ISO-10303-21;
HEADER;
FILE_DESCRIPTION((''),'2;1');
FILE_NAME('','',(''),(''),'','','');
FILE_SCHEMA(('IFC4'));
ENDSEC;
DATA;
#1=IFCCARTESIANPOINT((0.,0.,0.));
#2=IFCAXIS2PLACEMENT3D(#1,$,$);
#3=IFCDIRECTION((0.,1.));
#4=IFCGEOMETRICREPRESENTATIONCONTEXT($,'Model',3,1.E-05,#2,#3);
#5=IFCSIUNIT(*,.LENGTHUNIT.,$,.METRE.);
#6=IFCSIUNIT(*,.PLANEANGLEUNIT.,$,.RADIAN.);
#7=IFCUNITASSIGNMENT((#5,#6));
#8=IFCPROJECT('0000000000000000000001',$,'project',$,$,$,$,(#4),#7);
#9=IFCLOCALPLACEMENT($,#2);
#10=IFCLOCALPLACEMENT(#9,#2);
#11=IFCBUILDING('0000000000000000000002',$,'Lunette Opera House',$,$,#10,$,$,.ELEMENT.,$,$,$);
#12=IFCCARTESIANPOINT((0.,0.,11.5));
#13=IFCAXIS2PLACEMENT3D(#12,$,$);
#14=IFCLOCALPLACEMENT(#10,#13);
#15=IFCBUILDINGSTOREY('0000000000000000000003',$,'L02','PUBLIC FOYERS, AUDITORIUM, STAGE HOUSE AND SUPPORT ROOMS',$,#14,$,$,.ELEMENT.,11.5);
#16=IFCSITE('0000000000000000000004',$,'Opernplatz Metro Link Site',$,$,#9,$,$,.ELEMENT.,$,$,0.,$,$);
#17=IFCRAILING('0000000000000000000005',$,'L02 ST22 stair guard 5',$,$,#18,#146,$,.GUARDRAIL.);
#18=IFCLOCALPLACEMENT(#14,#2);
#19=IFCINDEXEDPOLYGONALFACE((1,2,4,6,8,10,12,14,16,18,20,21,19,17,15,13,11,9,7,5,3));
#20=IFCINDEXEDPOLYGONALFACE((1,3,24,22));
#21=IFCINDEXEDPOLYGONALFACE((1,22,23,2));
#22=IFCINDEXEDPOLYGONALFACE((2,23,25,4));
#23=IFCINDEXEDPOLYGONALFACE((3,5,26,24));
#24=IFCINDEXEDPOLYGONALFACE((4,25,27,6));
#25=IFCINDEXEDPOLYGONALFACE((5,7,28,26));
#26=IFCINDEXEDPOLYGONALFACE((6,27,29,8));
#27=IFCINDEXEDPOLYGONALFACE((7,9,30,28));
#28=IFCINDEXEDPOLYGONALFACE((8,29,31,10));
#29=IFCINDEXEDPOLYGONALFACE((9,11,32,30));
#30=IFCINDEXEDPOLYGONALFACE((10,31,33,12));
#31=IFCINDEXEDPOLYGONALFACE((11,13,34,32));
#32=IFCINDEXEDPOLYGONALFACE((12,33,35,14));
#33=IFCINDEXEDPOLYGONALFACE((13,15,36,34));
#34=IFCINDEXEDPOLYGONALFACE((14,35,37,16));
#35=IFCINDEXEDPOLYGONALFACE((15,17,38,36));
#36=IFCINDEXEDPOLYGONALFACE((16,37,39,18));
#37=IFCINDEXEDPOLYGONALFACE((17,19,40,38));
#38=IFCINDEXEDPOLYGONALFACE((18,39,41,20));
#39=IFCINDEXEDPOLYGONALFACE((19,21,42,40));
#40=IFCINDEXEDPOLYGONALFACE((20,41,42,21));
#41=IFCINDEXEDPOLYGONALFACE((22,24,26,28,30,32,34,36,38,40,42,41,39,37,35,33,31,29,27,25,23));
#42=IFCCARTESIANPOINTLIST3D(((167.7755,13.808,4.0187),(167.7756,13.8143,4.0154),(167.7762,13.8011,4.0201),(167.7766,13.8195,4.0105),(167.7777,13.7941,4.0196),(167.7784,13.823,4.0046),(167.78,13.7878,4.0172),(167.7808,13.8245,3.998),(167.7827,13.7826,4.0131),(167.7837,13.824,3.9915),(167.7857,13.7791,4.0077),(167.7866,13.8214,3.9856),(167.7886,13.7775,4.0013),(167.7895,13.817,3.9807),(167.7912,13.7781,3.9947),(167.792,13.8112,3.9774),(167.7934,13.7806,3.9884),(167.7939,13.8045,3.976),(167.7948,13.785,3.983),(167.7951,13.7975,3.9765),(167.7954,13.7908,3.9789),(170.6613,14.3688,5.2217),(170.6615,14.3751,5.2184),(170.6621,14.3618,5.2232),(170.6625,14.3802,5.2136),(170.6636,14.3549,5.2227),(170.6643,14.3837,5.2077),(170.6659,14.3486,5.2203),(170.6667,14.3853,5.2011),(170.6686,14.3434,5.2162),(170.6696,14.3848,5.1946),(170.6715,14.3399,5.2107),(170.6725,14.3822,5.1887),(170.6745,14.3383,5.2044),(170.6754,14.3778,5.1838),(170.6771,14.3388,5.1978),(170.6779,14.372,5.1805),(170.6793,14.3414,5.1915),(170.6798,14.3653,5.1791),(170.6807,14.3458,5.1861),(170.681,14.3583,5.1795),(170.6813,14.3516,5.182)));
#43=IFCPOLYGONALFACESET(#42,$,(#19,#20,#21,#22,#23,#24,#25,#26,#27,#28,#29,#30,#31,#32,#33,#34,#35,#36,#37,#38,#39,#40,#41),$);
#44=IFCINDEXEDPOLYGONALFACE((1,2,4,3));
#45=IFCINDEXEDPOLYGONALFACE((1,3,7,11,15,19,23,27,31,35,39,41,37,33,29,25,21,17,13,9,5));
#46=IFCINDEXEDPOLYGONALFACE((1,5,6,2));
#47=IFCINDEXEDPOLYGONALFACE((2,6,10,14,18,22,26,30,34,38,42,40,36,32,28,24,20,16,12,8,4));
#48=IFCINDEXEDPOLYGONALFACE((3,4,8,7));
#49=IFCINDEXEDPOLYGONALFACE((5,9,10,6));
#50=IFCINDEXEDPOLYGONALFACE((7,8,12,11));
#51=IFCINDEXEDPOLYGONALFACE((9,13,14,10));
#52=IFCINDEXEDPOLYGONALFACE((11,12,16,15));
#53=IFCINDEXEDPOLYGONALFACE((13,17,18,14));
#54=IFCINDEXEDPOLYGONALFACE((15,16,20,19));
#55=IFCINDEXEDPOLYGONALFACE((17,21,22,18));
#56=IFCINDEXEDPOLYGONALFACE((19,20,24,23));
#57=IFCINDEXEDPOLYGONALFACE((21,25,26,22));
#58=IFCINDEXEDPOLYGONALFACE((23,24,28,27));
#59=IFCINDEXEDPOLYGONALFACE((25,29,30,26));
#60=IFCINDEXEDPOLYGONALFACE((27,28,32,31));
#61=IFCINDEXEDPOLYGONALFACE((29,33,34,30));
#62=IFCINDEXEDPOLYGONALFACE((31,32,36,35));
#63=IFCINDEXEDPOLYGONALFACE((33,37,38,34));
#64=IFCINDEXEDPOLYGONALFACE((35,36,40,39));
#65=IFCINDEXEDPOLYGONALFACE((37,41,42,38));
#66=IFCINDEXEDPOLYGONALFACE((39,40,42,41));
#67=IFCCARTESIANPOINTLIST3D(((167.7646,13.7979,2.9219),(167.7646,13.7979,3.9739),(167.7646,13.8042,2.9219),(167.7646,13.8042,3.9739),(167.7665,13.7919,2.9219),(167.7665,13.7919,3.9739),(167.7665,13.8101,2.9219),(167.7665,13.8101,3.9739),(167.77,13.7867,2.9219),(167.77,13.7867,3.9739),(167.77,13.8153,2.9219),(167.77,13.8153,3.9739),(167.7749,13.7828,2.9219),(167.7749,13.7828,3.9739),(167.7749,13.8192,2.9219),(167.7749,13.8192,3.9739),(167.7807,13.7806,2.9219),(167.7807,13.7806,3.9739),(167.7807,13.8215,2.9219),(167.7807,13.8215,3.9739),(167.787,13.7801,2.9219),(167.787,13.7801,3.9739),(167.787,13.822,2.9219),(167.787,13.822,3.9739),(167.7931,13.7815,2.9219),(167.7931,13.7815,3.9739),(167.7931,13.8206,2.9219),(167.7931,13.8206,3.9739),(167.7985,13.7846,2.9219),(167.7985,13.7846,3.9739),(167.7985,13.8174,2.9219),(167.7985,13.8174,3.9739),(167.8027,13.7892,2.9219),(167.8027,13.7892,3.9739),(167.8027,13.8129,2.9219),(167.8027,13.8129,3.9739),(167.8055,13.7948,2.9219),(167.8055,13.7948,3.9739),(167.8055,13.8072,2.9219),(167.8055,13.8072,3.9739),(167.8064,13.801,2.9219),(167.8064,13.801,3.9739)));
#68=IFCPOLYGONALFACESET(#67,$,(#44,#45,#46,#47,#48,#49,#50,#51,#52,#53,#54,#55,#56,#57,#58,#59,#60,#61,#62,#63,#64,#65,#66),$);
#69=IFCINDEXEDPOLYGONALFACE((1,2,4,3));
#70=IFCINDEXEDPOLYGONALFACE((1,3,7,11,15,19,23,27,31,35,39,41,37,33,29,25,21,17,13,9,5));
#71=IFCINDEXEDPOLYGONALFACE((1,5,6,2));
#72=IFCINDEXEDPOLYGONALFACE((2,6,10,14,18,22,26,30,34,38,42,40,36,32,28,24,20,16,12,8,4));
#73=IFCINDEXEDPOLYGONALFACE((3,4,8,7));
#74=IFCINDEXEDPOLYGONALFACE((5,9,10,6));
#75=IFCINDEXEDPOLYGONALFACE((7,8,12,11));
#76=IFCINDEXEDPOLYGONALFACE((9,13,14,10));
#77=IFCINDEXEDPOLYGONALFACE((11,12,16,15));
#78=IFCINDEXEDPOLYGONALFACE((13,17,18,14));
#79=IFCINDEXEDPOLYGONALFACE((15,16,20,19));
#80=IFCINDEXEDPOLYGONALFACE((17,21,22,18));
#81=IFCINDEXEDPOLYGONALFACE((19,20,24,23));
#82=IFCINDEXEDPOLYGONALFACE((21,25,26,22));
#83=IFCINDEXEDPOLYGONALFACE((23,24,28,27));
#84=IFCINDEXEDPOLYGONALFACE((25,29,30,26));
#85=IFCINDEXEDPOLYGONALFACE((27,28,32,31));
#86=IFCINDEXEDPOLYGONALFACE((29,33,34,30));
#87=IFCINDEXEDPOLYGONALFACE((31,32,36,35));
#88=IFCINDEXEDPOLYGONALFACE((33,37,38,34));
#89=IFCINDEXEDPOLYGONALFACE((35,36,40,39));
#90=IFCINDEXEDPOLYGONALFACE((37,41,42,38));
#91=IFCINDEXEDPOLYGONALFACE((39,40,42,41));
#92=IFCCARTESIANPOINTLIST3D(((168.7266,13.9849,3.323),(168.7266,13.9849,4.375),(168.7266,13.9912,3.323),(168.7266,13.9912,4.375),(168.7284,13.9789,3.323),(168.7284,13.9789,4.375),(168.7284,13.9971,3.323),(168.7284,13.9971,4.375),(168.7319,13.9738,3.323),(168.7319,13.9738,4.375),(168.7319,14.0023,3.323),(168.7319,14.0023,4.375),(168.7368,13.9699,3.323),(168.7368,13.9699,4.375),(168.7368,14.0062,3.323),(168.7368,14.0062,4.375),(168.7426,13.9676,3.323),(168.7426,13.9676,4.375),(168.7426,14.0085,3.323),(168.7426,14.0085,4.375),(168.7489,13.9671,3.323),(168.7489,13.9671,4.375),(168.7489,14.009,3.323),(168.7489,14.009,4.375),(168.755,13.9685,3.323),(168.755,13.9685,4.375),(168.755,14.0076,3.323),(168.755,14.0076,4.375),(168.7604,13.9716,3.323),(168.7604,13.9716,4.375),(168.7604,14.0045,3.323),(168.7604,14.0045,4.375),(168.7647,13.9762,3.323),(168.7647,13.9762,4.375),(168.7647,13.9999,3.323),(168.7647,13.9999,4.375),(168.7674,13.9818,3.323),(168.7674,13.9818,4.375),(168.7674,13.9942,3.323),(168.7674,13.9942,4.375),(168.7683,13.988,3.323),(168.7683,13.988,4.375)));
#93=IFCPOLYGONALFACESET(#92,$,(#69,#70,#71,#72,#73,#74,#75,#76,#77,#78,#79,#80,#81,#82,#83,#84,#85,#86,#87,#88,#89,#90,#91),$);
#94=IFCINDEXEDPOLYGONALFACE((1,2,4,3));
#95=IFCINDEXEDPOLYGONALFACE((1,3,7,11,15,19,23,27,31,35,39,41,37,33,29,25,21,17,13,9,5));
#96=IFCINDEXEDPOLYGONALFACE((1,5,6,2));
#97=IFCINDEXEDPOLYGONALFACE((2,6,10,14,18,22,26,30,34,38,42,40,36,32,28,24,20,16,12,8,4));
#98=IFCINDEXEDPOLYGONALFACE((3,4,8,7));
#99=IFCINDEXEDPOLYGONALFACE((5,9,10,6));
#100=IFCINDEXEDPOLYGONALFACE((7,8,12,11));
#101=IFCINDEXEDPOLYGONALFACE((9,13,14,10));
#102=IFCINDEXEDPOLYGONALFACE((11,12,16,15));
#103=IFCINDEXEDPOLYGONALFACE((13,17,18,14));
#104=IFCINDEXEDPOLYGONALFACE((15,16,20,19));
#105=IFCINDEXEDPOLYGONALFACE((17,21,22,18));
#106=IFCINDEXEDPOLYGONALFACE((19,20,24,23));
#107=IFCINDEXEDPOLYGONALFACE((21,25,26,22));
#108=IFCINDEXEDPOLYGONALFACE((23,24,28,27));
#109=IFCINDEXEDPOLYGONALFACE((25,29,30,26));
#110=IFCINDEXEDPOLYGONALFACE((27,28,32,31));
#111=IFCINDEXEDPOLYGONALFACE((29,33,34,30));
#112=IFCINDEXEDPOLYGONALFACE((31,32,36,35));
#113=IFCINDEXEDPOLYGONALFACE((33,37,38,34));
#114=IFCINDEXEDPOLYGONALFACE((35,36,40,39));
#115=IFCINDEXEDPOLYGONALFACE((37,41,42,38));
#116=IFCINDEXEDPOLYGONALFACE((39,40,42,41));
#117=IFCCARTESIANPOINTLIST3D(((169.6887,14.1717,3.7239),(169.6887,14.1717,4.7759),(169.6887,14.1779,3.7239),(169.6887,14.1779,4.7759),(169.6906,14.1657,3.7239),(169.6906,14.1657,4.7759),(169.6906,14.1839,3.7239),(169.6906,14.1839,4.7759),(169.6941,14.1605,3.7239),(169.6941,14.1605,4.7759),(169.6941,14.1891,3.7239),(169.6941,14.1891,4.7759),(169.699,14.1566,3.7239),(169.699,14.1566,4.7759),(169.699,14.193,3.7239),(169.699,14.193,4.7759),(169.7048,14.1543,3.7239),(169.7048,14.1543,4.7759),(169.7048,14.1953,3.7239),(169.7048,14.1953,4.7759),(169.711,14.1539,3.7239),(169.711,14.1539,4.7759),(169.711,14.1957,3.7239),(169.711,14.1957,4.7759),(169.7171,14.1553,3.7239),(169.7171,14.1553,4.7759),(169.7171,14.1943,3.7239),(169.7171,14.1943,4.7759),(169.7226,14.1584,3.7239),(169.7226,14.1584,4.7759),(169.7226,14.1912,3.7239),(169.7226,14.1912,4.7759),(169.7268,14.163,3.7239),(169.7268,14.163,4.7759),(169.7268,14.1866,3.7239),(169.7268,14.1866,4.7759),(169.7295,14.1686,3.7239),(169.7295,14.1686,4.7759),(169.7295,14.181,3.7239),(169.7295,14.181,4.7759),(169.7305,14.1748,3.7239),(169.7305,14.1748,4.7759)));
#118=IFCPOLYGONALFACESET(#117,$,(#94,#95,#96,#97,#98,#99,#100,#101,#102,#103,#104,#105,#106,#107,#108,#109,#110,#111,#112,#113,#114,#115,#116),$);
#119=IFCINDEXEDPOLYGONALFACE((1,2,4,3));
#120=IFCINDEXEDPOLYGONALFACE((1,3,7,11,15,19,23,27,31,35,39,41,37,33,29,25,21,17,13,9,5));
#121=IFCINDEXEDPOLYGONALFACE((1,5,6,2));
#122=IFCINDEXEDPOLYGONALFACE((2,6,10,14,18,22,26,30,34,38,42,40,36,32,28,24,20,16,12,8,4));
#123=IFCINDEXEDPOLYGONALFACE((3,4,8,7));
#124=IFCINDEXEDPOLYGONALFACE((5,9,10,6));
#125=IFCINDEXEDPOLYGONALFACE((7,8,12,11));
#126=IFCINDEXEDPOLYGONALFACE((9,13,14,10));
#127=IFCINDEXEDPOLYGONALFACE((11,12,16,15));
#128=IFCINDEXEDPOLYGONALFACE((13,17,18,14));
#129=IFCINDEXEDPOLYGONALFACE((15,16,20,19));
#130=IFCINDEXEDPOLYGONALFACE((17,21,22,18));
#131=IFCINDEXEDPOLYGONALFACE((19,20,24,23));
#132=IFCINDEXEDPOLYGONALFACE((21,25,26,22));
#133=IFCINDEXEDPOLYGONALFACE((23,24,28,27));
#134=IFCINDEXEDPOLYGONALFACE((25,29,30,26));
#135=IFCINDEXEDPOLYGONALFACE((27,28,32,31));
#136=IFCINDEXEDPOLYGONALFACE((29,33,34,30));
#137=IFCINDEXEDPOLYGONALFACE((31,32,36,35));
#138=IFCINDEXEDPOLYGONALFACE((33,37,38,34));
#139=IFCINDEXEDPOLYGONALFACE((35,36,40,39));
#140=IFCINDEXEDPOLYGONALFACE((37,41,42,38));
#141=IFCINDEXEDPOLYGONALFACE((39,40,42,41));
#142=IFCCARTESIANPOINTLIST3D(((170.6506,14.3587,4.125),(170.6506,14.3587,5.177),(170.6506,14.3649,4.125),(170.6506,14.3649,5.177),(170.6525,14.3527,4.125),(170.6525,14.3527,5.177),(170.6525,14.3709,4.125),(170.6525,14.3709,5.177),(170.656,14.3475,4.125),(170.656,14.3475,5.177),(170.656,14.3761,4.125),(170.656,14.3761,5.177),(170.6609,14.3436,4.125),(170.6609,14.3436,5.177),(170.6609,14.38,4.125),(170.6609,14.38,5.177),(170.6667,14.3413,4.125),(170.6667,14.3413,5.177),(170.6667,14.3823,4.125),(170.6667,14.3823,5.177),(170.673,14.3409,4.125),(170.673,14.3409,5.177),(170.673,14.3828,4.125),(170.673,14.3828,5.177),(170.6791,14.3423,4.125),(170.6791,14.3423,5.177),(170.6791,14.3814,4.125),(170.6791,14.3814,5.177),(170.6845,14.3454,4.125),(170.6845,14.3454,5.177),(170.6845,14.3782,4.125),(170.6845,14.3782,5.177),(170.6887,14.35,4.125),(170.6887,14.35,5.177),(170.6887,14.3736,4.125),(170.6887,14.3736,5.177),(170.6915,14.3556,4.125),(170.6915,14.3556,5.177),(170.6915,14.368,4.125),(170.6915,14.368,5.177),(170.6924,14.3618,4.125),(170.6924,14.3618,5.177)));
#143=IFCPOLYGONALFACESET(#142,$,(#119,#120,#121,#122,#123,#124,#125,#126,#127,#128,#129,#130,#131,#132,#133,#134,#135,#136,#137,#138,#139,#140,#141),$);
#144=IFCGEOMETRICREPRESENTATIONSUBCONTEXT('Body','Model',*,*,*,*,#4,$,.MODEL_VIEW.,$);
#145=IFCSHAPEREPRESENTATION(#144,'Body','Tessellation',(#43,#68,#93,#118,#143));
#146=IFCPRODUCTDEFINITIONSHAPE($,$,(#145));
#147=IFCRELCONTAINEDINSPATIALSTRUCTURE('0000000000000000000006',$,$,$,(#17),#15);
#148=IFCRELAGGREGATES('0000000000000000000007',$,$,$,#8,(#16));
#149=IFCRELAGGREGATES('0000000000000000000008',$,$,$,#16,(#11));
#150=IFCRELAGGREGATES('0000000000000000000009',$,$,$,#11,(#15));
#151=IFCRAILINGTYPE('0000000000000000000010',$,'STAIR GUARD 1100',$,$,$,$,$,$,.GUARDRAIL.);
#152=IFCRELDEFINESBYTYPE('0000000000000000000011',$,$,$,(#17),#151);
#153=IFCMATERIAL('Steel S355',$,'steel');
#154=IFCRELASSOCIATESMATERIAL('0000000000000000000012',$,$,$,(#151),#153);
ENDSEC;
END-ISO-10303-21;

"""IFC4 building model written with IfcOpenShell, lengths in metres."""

from ifc_helpers import new_model, si_unit, direction, frame, origin, origin_2d, place, context, subcontext, project, spatial, circle, extrude, material, type_object, element, save


model = new_model("IFC4")

# Units and contexts
model_context = context("Model", 3, precision=1e-05, world=origin(), true_north=direction((0.0, 1.0)))
body_context = subcontext(model_context, "Body", "Model", "MODEL_VIEW")
ifc_project = project(units=[si_unit("LENGTHUNIT", "METRE"), si_unit("PLANEANGLEUNIT", "RADIAN")], contexts=[model_context])

# Site, building, storey
site_placement = place(None, origin())
site = spatial("IfcSite", under=ifc_project, at=site_placement, Name="Opernplatz Metro Link Site", CompositionType="ELEMENT", RefElevation=0.0)
building_placement = place(site_placement, origin())
building = spatial("IfcBuilding", under=site, at=building_placement, Name="Lunette Opera House", CompositionType="ELEMENT")
storey_placement = place(building_placement, frame((0.0, 0.0, 11.5)))
storey = spatial("IfcBuildingStorey", under=building, at=storey_placement, Name="L02", Description="PUBLIC FOYERS, AUDITORIUM, STAGE HOUSE AND SUPPORT ROOMS", CompositionType="ELEMENT", Elevation=11.5)

# Railing
ifc_material_1 = material(Name="Steel S355", Category="steel")
railing_type_1 = type_object("IfcRailingType", Name="STAIR GUARD 1100", PredefinedType="GUARDRAIL", material=ifc_material_1)
railing_1_placement = place(storey_placement, frame((167.7854, 13.801, 2.9219)))
element("IfcRailing", 1, at=railing_1_placement, inside=storey, type_object=railing_type_1, Name="L02 ST22 stair guard 5", PredefinedType="GUARDRAIL", context=body_context, shape_type="SweptSolid", body=[
    extrude(circle(Radius=0.0239, at=origin_2d()), frame((0.0, 0.0, 1.0762), z_axis=(0.908509, 0.176537, 0.378744), x_axis=(-0.190747, 0.981639, 0.0)), (0.0, 0.0, 1.0), 3.1765),
    extrude(circle(Radius=0.021, at=origin_2d()), origin(), (0.0, 0.0, 1.0), 1.052),
    extrude(circle(Radius=0.021, at=origin_2d()), frame((0.9619, 0.187, 0.4011)), (0.0, 0.0, 1.0), 1.052),
    extrude(circle(Radius=0.021, at=origin_2d()), frame((1.9241, 0.3738, 0.802)), (0.0, 0.0, 1.0), 1.052),
    extrude(circle(Radius=0.021, at=origin_2d()), frame((2.886, 0.5608, 1.2031)), (0.0, 0.0, 1.0), 1.052),
])

save(model, "model.ifc")
